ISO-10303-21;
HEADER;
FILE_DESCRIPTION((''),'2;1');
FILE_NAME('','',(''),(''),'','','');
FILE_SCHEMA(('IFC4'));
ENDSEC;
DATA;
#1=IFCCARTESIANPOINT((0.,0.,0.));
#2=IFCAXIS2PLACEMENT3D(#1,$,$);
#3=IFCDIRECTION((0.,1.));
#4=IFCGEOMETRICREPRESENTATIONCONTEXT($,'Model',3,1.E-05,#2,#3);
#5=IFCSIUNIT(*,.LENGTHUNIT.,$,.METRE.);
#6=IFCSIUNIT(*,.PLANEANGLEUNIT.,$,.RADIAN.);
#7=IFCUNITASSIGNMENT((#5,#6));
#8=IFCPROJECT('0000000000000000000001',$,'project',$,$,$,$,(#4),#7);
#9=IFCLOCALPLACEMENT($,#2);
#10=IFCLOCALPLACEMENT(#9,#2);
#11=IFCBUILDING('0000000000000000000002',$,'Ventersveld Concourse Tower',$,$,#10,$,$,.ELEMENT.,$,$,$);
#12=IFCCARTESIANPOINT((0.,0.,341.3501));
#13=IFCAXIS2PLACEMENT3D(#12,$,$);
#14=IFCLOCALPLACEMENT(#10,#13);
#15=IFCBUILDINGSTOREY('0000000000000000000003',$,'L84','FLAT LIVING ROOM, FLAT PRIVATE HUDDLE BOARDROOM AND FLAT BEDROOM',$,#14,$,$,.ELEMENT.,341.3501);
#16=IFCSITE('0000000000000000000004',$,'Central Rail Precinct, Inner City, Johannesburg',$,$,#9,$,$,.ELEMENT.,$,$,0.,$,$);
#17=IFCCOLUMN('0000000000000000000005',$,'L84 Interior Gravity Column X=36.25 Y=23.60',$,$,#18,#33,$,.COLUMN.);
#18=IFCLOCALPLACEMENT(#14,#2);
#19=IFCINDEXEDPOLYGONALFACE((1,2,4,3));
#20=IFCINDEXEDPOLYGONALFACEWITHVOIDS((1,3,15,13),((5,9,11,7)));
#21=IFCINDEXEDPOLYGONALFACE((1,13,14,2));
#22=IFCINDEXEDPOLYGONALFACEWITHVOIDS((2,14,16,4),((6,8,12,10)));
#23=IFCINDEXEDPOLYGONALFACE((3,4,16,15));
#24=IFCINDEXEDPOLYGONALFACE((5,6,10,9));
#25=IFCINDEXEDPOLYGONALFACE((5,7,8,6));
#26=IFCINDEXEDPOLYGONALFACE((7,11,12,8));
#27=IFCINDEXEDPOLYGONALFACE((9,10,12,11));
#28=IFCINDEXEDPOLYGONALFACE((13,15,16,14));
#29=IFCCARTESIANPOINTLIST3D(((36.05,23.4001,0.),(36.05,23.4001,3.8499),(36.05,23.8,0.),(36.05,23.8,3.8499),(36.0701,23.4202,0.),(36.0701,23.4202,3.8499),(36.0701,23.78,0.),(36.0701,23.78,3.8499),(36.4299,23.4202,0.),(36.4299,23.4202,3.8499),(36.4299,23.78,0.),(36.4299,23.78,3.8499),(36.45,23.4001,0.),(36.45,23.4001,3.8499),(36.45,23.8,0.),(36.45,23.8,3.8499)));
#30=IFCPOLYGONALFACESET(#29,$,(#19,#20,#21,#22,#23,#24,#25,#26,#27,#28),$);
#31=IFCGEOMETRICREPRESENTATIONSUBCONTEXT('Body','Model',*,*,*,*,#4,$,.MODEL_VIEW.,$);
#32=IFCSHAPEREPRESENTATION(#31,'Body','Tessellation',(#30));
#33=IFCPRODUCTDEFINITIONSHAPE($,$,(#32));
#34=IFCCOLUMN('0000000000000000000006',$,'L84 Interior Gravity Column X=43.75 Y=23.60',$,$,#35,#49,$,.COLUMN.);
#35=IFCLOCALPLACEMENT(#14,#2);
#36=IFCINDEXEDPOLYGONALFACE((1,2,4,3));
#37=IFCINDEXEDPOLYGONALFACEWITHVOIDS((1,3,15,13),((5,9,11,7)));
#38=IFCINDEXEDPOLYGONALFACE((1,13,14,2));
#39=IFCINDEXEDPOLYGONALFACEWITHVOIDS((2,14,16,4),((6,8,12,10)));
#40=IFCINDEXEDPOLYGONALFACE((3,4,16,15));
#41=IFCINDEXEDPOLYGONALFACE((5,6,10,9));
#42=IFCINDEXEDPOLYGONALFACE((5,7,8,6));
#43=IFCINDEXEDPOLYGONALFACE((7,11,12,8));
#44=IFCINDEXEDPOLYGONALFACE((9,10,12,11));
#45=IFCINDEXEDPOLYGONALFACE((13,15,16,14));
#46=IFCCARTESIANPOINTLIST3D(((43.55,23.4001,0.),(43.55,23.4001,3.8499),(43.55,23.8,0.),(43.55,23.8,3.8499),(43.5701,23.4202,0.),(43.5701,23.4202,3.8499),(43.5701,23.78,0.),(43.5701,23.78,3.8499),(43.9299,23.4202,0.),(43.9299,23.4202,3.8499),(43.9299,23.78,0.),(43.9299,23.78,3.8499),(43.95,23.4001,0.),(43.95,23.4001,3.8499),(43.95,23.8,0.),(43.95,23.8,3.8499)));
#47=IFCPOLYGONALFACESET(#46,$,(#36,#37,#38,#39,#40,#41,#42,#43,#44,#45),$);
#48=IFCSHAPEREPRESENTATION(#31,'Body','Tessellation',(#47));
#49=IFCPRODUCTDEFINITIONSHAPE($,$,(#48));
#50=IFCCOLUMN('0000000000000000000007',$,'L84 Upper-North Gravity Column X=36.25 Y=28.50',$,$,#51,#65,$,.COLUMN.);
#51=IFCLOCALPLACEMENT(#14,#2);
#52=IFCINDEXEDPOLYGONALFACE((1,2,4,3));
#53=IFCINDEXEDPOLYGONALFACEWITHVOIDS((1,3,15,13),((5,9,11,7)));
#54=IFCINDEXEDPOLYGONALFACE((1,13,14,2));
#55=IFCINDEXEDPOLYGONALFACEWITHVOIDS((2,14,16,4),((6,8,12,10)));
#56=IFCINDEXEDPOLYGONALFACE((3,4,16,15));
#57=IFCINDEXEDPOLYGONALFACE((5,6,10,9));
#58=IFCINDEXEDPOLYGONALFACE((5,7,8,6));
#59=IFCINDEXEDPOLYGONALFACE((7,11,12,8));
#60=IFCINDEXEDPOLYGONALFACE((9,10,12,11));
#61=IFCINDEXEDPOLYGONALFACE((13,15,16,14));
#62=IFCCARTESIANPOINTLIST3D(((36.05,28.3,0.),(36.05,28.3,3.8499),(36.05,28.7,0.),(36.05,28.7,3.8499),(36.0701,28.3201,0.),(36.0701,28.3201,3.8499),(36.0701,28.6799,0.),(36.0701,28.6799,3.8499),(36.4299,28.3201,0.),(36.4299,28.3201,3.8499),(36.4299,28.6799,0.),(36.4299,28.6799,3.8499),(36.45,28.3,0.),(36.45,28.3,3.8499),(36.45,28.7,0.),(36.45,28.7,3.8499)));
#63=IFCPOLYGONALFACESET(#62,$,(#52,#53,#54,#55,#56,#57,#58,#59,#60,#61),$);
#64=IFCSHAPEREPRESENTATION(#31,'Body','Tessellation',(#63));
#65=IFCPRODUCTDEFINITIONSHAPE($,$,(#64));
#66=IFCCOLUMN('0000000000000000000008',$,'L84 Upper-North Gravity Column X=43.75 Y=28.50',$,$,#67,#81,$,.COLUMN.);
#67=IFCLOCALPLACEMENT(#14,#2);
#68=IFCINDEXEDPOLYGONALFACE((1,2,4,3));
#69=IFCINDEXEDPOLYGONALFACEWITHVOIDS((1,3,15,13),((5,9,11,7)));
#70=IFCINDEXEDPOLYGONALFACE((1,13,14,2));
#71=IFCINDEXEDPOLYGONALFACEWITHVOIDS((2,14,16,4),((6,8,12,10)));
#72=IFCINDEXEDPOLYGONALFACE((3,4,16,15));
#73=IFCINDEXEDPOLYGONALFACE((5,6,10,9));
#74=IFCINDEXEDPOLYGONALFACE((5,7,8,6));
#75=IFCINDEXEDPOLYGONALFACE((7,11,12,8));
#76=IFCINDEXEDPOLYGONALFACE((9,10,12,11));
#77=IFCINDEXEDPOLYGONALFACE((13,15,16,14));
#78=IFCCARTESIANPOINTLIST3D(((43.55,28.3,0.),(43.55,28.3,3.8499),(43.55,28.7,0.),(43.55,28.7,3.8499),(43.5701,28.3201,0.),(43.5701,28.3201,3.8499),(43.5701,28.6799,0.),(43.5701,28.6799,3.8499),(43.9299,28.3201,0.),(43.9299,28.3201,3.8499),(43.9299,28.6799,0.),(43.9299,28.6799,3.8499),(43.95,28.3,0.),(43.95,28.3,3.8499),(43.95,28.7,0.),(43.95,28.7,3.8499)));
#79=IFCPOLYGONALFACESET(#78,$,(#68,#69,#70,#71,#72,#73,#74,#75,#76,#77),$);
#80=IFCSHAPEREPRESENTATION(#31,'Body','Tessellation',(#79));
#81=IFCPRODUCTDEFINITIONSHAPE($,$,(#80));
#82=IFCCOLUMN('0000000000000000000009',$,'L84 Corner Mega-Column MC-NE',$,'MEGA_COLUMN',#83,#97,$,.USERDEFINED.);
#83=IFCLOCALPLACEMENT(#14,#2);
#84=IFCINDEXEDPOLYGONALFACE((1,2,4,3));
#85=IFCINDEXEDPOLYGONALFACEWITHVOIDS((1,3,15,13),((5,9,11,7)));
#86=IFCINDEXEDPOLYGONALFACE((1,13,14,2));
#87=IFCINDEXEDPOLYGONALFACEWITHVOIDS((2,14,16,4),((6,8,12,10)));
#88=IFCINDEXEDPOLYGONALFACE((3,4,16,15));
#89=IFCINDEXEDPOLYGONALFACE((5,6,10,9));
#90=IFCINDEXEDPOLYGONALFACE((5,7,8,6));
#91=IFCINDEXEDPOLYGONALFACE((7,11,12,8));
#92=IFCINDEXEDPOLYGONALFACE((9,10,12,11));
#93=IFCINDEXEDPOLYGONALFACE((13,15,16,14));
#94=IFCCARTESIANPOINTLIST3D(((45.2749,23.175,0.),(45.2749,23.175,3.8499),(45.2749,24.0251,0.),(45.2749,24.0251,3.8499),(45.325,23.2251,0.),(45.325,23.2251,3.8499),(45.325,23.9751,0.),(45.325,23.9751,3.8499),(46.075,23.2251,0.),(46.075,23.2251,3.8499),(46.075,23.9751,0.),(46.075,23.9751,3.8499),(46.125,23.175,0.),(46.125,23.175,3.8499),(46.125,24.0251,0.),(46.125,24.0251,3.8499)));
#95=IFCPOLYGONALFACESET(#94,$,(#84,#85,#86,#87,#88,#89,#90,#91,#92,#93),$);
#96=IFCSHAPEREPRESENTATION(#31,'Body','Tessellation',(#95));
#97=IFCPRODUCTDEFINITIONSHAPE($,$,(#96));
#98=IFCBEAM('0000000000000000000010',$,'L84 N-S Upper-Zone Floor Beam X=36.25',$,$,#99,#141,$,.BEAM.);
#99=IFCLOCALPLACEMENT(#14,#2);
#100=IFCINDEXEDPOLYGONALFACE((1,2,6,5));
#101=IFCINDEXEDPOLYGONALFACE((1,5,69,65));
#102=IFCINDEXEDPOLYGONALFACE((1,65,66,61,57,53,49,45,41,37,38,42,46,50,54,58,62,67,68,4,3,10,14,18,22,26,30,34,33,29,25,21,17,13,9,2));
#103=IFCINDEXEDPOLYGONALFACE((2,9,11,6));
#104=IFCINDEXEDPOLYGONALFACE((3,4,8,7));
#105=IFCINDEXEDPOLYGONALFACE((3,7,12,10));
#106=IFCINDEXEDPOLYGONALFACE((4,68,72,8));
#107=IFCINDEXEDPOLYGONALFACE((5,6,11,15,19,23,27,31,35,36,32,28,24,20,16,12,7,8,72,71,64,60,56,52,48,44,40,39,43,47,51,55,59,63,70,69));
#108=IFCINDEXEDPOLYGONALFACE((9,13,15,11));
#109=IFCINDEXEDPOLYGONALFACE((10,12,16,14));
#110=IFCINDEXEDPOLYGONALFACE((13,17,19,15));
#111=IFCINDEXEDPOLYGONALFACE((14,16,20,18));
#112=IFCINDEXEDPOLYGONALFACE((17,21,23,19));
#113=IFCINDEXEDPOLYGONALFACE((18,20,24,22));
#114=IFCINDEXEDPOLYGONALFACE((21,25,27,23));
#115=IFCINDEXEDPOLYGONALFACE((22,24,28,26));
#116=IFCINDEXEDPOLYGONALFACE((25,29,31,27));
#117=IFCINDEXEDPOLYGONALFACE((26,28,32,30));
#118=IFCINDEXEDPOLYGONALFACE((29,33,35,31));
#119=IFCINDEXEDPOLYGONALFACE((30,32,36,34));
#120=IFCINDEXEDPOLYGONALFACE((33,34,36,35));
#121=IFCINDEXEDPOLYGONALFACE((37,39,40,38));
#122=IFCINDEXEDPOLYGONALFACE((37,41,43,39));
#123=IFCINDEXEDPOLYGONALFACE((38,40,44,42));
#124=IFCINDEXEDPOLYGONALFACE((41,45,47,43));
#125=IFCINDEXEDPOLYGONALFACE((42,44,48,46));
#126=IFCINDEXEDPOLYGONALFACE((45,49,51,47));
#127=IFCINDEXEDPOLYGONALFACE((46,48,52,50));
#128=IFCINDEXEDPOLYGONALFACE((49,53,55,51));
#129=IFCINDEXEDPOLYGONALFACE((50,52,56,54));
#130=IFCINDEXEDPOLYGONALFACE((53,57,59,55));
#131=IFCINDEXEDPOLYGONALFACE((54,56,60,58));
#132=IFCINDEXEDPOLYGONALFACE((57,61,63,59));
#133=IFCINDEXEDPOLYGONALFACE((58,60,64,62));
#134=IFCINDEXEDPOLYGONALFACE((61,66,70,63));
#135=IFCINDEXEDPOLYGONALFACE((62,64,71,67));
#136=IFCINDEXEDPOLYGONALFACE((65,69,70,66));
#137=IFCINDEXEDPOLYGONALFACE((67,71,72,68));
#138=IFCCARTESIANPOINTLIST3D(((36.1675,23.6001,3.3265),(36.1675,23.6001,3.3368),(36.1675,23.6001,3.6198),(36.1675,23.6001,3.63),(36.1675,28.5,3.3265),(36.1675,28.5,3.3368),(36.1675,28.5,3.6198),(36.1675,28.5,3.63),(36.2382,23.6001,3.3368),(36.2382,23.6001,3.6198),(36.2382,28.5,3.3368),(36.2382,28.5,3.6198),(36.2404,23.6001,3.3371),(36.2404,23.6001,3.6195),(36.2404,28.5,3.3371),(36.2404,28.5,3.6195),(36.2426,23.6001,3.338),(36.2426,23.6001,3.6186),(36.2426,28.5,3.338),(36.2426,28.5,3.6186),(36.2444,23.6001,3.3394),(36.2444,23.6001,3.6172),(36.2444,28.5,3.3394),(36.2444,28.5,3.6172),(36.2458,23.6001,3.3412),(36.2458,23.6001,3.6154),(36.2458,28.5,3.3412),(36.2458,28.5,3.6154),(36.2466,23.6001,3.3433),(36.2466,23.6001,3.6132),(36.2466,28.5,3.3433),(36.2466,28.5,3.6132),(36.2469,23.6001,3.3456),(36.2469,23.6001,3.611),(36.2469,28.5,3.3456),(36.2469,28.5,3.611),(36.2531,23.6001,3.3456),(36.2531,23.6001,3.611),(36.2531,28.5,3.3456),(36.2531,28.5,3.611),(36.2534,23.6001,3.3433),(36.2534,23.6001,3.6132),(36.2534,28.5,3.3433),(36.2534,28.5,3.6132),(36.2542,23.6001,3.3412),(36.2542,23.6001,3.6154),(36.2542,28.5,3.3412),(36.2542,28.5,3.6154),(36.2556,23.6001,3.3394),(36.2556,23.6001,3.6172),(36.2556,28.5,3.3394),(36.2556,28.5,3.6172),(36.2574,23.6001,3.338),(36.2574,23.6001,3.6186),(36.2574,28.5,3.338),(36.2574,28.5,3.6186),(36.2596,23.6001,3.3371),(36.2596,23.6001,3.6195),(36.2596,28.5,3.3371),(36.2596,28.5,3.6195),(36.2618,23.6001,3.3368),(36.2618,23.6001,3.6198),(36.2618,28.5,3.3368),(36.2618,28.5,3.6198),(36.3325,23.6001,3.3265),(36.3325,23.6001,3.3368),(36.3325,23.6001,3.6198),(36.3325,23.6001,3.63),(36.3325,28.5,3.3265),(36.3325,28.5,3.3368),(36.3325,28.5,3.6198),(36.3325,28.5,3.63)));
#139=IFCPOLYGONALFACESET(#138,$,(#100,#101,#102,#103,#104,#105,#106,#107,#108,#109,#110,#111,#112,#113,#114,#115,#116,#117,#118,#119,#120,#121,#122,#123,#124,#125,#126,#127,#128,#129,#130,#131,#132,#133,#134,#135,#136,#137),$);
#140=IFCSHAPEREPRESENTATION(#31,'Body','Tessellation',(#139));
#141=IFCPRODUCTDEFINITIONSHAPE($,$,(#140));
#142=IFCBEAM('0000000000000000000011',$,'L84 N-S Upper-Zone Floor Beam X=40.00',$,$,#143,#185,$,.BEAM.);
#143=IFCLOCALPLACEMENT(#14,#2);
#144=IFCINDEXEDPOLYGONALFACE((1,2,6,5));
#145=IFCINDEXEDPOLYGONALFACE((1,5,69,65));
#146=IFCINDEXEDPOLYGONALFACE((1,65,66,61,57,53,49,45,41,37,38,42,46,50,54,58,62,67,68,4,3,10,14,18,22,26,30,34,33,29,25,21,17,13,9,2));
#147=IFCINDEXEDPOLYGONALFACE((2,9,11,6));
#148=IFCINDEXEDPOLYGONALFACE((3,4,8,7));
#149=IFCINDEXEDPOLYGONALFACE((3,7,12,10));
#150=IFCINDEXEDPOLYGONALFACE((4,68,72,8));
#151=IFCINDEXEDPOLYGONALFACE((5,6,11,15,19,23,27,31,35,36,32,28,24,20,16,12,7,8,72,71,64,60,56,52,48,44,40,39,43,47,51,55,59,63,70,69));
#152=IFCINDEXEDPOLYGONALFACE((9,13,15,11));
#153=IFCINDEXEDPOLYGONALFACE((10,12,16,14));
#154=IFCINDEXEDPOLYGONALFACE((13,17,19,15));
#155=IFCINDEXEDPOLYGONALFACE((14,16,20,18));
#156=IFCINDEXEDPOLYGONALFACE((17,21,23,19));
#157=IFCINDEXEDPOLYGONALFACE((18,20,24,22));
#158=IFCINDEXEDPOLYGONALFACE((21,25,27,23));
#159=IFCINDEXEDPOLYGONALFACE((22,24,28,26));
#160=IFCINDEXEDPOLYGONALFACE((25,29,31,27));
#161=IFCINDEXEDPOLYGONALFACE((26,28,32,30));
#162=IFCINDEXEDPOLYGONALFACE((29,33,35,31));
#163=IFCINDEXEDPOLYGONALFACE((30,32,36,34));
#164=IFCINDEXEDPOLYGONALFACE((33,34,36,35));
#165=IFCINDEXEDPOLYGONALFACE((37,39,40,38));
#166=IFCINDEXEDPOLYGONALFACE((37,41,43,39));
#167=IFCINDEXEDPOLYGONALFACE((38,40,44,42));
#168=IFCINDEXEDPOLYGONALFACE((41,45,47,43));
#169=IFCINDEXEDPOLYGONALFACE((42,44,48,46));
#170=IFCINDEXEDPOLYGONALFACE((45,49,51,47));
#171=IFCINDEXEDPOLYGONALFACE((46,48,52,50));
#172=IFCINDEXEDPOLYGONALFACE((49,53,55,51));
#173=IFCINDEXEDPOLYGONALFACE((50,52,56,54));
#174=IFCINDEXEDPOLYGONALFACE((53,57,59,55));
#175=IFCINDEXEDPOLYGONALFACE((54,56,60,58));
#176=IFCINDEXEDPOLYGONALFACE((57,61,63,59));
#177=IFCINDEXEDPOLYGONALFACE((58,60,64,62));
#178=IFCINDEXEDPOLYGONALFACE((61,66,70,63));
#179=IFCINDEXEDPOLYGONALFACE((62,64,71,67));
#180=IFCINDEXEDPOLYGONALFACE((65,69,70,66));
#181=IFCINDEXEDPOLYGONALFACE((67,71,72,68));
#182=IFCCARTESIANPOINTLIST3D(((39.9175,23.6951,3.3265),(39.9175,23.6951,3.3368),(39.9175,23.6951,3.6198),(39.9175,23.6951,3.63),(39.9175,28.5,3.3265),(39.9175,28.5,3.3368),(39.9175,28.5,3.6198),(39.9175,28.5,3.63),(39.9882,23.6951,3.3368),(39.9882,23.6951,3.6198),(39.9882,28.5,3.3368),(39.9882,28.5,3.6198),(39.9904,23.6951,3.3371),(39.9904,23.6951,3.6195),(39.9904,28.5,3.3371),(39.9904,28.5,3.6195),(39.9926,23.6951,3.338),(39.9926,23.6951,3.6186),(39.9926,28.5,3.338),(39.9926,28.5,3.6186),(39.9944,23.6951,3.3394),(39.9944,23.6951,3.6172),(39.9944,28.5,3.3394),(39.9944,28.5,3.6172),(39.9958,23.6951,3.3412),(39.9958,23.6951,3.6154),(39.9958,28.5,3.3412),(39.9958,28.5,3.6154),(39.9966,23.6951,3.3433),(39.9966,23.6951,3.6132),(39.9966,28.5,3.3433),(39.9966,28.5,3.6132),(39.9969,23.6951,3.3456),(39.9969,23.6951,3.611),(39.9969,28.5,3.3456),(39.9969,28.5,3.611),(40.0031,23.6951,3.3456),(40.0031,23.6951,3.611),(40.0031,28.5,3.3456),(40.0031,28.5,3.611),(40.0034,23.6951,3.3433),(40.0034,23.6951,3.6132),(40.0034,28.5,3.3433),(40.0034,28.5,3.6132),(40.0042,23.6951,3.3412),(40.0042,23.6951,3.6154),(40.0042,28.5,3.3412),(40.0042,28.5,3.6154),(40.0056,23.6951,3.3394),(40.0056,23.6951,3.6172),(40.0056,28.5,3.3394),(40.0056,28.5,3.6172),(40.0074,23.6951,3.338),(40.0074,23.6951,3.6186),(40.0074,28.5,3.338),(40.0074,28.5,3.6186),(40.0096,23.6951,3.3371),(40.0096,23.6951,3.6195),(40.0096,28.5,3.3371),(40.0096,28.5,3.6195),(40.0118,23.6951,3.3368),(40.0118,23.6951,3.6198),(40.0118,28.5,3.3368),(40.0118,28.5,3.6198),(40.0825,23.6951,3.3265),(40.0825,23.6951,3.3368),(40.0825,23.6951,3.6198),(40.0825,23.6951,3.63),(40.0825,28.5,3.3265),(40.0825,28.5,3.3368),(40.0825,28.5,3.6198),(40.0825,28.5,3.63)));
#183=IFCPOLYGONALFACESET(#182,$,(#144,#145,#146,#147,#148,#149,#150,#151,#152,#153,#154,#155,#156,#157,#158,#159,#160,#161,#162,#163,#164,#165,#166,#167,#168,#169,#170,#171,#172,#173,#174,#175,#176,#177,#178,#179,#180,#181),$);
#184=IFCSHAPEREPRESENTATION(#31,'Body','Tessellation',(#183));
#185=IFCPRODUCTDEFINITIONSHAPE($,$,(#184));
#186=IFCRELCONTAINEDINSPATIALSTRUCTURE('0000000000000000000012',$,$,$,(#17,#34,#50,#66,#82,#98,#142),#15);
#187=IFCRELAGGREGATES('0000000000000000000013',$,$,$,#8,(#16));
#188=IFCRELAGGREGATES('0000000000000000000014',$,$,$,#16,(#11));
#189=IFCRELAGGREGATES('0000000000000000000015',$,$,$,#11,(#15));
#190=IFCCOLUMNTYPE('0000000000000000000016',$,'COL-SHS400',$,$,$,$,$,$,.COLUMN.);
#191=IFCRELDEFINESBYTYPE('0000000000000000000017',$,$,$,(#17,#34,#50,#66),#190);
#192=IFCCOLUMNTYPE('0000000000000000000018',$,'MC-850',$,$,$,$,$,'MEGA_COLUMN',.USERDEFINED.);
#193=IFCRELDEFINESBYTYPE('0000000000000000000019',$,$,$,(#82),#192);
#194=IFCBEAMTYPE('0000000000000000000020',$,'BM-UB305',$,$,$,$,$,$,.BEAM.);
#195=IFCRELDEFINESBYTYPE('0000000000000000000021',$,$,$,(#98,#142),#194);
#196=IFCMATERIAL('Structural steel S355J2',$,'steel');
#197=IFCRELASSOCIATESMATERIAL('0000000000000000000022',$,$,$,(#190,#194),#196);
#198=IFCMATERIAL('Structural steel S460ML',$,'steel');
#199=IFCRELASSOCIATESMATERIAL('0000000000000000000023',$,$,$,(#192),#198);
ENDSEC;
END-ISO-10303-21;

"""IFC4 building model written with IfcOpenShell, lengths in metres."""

from ifc_helpers import new_model, si_unit, direction, frame, origin, origin_2d, place, context, subcontext, project, spatial, hollow_rectangle, i_section, extrude, material, material_profile, profile_set, type_object, element, save


model = new_model("IFC4")

# Units and contexts
model_context = context("Model", 3, precision=1e-05, world=origin(), true_north=direction((0.0, 1.0)))
body_context = subcontext(model_context, "Body", "Model", "MODEL_VIEW")
ifc_project = project(units=[si_unit("LENGTHUNIT", "METRE"), si_unit("PLANEANGLEUNIT", "RADIAN")], contexts=[model_context])

# Site, building, storey
site_placement = place(None, origin())
site = spatial("IfcSite", under=ifc_project, at=site_placement, Name="Central Rail Precinct, Inner City, Johannesburg", CompositionType="ELEMENT", RefElevation=0.0)
building_placement = place(site_placement, origin())
building = spatial("IfcBuilding", under=site, at=building_placement, Name="Ventersveld Concourse Tower", CompositionType="ELEMENT")
storey_placement = place(building_placement, frame((0.0, 0.0, 341.3501)))
storey = spatial("IfcBuildingStorey", under=building, at=storey_placement, Name="L84", Description="FLAT LIVING ROOM, FLAT PRIVATE HUDDLE BOARDROOM AND FLAT BEDROOM", CompositionType="ELEMENT", Elevation=341.3501)

# Columns
ifc_material_1 = material(Name="Structural steel S355J2", Category="steel")
ifc_material_profile_1 = material_profile(ifc_material_1, hollow_rectangle(XDim=0.3999, YDim=0.3999, WallThickness=0.02, at=origin_2d()), Name="SHS 400x400x20")
ifc_profile_set_1 = profile_set([ifc_material_profile_1], Name="Structural steel S355J2")
column_type_1 = type_object("IfcColumnType", Name="COL-SHS400", PredefinedType="COLUMN", material=ifc_profile_set_1)
for number, where, z_axis, x_axis, name in (
    (1, (36.25, 23.6001, 0.0), (0.0, 0.0, 1.0), (1.0, 0.0, 0.0), "L84 Interior Gravity Column X=36.25 Y=23.60"),
    (2, (43.75, 23.6001, 0.0), (0.0, 0.0, 1.0), (1.0, 0.0, 0.0), "L84 Interior Gravity Column X=43.75 Y=23.60"),
    (3, (36.25, 28.5, 0.0), (0.0, 0.0, 1.0), (1.0, 0.0, 0.0), "L84 Upper-North Gravity Column X=36.25 Y=28.50"),
    (4, (43.75, 28.5, 0.0), (0.0, 0.0, 1.0), (1.0, 0.0, 0.0), "L84 Upper-North Gravity Column X=43.75 Y=28.50"),
):
    element("IfcColumn", number, at=place(storey_placement, frame(where, z_axis=z_axis, x_axis=x_axis)), inside=storey, type_object=column_type_1, Name=name, PredefinedType="COLUMN", context=body_context, shape_type="SweptSolid", body=[
        extrude(hollow_rectangle(XDim=0.3999, YDim=0.3999, WallThickness=0.02, at=origin_2d()), origin(), (0.0, 0.0, 1.0), 3.8499),
    ])
ifc_material_2 = material(Name="Structural steel S460ML", Category="steel")
ifc_material_profile_2 = material_profile(ifc_material_2, hollow_rectangle(XDim=0.8501, YDim=0.8501, WallThickness=0.05, at=origin_2d()), Name="BOX 850x850x50")
ifc_profile_set_2 = profile_set([ifc_material_profile_2], Name="Structural steel S460ML")
column_type_2 = type_object("IfcColumnType", Name="MC-850", ElementType="MEGA_COLUMN", PredefinedType="USERDEFINED", material=ifc_profile_set_2)
column_placement = place(storey_placement, frame((45.7, 23.6001, 0.0), z_axis=(0.0, 0.0, 1.0), x_axis=(1.0, 0.0, 0.0)))
element("IfcColumn", 5, at=column_placement, inside=storey, type_object=column_type_2, Name="L84 Corner Mega-Column MC-NE", ObjectType="MEGA_COLUMN", PredefinedType="USERDEFINED", context=body_context, shape_type="SweptSolid", body=[
    extrude(hollow_rectangle(XDim=0.8501, YDim=0.8501, WallThickness=0.05, at=origin_2d()), origin(), (0.0, 0.0, 1.0), 3.8499),
])

# Beams
ifc_material_profile_3 = material_profile(ifc_material_1, i_section(OverallWidth=0.165, OverallDepth=0.3035, WebThickness=0.0061, FlangeThickness=0.0103, FilletRadius=0.0088, at=origin_2d()), Name="UB 305x165x40")
ifc_profile_set_3 = profile_set([ifc_material_profile_3], Name="Structural steel S355J2")
beam_type_1 = type_object("IfcBeamType", Name="BM-UB305", PredefinedType="BEAM", material=ifc_profile_set_3)
beam_1_placement = place(storey_placement, frame((36.25, 23.6001, 3.4783), z_axis=(0.0, 1.0, 0.0), x_axis=(-1.0, 0.0, 0.0)))
element("IfcBeam", 6, at=beam_1_placement, inside=storey, type_object=beam_type_1, Name="L84 N-S Upper-Zone Floor Beam X=36.25", PredefinedType="BEAM", context=body_context, shape_type="SweptSolid", body=[
    extrude(i_section(OverallWidth=0.165, OverallDepth=0.3035, WebThickness=0.0061, FlangeThickness=0.0103, FilletRadius=0.0088, at=origin_2d()), origin(), (0.0, 0.0, 1.0), 4.8999),
])
beam_2_placement = place(storey_placement, frame((40.0, 23.6951, 3.4783), z_axis=(0.0, 1.0, 0.0), x_axis=(-1.0, 0.0, 0.0)))
element("IfcBeam", 7, at=beam_2_placement, inside=storey, type_object=beam_type_1, Name="L84 N-S Upper-Zone Floor Beam X=40.00", PredefinedType="BEAM", context=body_context, shape_type="SweptSolid", body=[
    extrude(i_section(OverallWidth=0.165, OverallDepth=0.3035, WebThickness=0.0061, FlangeThickness=0.0103, FilletRadius=0.0088, at=origin_2d()), origin(), (0.0, 0.0, 1.0), 4.8049),
])

save(model, "model.ifc")
